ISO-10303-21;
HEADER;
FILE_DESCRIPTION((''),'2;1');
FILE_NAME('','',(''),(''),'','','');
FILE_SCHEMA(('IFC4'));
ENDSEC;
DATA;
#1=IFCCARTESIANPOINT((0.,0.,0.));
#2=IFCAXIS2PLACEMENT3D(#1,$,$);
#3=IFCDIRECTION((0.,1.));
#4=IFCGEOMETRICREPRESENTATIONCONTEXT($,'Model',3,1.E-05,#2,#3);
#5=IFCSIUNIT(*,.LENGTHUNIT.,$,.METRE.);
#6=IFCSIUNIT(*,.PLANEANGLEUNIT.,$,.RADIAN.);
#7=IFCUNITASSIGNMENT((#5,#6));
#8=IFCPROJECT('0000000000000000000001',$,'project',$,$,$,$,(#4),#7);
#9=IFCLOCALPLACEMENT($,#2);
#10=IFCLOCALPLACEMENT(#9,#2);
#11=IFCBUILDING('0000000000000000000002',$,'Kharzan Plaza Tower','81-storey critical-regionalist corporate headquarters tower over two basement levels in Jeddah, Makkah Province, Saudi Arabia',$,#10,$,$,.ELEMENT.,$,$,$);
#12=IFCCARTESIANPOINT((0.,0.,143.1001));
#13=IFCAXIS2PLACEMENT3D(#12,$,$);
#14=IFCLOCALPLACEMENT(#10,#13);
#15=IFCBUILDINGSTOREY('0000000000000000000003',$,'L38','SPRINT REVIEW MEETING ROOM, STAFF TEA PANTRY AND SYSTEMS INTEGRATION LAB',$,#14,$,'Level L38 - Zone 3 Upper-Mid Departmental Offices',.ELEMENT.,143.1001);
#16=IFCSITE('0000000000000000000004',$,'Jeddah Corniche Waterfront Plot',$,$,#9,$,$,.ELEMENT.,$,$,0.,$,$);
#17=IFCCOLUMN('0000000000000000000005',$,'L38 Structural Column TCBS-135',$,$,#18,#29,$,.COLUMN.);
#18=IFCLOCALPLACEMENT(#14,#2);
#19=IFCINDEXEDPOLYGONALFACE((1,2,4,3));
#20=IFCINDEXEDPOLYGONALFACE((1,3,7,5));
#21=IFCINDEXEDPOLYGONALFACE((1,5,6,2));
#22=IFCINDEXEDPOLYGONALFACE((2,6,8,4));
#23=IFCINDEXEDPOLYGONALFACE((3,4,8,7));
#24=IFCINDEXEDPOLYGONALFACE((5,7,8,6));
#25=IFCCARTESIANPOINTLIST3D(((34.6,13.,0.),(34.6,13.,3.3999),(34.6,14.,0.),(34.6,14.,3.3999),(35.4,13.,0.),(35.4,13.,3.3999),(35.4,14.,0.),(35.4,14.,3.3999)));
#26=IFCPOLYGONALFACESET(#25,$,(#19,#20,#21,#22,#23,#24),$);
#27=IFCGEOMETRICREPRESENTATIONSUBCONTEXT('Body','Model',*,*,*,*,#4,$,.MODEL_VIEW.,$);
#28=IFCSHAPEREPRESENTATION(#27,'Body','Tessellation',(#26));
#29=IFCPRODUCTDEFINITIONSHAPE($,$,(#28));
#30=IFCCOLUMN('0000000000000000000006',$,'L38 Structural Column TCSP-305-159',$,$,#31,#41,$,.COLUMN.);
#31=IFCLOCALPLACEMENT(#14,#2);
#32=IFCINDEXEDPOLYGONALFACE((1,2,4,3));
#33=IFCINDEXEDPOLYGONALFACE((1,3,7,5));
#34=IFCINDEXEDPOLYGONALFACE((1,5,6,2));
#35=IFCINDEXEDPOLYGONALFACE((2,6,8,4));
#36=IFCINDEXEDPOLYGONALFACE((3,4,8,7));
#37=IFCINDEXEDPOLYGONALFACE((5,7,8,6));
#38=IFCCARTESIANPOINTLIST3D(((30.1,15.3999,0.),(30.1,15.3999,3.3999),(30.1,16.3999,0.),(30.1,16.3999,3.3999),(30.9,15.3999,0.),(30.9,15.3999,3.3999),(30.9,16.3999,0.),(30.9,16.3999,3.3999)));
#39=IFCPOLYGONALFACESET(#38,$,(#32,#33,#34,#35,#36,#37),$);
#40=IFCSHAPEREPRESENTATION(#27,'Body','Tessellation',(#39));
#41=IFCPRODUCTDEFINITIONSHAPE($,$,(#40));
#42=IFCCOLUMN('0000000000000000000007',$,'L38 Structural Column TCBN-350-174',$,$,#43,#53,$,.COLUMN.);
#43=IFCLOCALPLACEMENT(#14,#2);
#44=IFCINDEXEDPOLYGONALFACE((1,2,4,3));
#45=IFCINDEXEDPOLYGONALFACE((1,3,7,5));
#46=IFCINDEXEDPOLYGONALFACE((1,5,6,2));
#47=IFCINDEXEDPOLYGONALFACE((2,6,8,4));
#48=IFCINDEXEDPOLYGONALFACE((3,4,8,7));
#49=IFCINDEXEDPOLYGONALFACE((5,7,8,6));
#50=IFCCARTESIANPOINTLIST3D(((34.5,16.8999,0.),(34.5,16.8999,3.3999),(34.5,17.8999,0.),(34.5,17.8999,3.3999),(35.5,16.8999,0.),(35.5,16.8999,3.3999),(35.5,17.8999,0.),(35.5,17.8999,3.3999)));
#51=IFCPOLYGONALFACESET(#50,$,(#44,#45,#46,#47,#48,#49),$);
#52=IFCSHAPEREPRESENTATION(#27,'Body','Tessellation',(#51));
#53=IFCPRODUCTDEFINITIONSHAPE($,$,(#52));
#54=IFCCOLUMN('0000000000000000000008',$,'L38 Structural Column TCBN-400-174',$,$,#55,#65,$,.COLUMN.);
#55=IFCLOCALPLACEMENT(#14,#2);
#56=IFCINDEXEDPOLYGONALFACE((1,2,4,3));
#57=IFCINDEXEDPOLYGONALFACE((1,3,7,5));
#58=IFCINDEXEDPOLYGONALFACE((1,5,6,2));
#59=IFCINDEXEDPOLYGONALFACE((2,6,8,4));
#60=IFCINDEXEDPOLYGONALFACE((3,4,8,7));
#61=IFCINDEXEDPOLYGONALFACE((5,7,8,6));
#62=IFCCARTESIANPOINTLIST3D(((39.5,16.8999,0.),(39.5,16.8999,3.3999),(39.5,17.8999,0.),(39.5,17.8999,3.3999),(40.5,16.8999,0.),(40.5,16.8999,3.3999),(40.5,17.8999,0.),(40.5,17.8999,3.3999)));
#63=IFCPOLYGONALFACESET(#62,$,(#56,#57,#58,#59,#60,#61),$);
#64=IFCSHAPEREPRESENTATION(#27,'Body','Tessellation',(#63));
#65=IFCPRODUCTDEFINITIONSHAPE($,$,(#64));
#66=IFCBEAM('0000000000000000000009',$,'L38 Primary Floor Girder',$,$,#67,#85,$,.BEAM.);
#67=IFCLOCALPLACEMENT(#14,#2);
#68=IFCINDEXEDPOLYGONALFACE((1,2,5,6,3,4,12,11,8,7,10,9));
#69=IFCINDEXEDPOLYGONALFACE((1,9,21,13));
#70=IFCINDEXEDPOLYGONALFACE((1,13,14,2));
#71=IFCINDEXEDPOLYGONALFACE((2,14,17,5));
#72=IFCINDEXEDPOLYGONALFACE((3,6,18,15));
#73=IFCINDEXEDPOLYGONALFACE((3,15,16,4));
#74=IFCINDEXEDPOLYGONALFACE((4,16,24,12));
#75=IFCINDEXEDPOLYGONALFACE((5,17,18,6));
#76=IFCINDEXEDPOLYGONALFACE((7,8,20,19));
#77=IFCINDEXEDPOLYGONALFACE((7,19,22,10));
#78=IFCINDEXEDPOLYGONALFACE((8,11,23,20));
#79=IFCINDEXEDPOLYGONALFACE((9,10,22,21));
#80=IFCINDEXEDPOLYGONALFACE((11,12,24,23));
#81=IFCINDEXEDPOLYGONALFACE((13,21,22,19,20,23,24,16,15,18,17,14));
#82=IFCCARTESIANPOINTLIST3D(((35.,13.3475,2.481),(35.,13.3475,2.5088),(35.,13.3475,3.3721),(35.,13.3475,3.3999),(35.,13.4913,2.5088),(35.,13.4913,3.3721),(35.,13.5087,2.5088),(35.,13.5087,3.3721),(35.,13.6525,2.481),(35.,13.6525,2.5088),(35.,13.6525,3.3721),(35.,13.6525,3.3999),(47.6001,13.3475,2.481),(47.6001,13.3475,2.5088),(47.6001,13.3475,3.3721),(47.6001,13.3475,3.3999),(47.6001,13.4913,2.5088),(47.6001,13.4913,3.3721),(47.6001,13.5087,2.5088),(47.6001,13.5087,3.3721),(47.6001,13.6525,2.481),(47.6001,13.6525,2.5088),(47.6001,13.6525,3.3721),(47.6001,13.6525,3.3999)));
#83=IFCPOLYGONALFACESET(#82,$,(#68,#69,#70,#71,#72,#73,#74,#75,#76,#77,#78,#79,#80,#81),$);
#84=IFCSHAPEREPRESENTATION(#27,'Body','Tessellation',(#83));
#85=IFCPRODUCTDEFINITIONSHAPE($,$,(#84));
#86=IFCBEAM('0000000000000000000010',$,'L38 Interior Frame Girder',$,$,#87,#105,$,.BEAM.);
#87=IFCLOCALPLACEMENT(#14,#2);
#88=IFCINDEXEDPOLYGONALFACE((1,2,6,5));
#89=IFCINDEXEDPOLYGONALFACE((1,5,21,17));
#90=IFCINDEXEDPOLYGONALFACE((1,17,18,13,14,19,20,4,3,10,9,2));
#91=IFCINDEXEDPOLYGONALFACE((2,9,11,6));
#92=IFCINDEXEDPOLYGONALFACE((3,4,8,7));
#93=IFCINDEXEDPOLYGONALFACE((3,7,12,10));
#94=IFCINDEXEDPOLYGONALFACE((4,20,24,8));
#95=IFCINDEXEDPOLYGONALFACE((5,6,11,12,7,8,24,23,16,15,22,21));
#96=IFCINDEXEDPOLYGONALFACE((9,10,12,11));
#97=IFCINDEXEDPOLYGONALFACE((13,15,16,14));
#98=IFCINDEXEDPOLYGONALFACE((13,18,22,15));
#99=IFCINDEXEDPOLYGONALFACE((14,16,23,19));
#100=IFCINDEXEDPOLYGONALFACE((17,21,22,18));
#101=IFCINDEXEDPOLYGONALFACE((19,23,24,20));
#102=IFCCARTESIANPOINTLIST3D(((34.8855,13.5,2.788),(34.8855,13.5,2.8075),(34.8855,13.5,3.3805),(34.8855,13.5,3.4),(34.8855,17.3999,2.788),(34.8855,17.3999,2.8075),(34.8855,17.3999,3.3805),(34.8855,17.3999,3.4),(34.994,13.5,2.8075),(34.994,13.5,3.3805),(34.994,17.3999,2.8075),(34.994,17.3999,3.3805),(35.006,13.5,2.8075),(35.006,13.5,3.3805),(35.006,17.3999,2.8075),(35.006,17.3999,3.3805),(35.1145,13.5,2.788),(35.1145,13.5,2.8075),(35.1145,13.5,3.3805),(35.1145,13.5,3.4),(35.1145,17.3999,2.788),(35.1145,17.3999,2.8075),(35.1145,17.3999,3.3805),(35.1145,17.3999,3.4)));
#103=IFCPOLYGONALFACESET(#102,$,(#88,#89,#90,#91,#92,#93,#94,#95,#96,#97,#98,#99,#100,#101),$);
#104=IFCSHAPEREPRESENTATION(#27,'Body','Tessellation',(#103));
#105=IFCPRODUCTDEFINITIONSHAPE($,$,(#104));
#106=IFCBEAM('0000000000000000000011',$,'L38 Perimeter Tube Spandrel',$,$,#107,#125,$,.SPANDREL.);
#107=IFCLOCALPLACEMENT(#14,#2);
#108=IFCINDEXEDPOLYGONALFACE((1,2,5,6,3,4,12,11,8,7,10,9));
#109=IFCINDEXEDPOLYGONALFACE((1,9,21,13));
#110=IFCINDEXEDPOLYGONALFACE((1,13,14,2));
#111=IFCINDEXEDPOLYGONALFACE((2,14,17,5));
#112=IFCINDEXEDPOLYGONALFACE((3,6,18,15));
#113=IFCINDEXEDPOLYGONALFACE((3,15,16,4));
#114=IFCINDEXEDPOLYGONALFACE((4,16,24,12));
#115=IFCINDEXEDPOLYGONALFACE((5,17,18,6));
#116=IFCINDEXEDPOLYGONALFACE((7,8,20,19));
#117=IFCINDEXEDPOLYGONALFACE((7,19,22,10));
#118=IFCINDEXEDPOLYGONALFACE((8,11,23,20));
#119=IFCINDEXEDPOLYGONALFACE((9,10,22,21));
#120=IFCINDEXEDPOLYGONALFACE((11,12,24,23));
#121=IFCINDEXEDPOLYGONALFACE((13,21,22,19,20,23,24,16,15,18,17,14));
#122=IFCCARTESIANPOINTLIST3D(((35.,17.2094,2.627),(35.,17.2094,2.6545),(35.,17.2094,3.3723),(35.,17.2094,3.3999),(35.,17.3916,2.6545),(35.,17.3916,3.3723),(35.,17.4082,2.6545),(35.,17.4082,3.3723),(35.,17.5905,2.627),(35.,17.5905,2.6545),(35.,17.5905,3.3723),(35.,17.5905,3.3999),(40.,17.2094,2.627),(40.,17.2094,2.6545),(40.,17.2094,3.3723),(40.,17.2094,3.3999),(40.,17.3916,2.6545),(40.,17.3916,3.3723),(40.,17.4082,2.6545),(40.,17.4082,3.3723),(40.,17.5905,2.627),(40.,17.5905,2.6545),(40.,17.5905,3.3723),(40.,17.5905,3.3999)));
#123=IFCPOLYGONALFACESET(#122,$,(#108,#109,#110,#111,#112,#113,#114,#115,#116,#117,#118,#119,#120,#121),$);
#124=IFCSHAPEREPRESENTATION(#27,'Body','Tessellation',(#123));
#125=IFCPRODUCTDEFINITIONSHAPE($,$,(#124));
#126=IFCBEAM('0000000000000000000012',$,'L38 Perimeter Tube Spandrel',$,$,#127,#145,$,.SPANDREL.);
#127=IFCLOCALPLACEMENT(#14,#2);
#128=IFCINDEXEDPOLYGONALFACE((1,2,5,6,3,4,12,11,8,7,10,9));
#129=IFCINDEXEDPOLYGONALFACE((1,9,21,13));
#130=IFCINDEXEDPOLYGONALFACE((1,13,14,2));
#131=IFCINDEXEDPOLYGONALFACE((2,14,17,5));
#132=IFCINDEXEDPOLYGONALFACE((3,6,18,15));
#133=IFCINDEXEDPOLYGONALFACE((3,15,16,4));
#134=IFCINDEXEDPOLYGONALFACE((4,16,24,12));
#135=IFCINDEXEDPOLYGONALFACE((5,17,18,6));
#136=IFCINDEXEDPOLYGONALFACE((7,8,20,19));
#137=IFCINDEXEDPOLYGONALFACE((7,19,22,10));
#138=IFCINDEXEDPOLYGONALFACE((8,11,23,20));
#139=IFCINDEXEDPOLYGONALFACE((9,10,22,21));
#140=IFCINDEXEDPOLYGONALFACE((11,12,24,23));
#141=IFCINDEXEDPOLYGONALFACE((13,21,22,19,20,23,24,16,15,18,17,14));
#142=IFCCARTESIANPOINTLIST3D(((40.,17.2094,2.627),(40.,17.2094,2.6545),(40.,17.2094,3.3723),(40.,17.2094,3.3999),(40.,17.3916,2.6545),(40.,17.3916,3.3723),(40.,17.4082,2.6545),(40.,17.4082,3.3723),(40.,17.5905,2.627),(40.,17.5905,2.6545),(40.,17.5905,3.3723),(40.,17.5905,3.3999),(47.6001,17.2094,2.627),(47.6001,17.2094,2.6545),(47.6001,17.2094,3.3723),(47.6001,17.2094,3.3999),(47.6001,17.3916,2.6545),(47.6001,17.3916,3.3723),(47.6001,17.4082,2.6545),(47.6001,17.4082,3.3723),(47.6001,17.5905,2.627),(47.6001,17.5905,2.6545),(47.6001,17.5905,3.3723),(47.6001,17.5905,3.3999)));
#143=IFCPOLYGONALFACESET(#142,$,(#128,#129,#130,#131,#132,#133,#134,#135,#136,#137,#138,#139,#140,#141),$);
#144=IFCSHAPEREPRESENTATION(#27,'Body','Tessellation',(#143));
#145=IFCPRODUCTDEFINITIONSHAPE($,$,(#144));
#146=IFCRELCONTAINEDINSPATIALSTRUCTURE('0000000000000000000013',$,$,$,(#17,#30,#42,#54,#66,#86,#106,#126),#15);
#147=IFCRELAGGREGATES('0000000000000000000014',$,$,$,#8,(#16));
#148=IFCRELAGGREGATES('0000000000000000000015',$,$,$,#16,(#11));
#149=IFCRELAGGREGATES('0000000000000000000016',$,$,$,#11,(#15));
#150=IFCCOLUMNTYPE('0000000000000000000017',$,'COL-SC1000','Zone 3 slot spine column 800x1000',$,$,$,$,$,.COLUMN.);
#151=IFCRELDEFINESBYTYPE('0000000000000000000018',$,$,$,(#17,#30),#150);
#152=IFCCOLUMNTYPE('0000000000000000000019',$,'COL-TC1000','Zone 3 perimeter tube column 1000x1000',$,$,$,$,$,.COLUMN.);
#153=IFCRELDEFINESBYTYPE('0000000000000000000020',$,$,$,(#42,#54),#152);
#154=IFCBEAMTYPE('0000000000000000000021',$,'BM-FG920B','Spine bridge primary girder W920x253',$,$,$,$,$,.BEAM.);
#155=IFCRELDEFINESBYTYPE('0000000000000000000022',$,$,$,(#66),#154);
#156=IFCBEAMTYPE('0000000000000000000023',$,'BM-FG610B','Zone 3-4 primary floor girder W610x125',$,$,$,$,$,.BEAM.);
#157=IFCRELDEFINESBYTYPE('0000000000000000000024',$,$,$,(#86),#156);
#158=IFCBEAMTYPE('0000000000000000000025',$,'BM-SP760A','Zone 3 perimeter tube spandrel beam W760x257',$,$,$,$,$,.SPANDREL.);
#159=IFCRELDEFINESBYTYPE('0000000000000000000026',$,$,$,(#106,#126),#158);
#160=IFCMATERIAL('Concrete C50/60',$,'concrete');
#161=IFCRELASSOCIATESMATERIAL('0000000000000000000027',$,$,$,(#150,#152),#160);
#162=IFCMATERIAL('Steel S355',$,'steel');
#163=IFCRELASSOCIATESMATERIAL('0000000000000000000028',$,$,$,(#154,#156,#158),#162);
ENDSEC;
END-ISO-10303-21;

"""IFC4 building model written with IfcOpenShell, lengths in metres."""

from ifc_helpers import new_model, si_unit, direction, frame, origin, origin_2d, place, context, subcontext, project, spatial, rectangle, i_section, extrude, source, transform, mapped, material, material_profile, profile_set, type_object, element, save


model = new_model("IFC4")

# Units and contexts
model_context = context("Model", 3, precision=1e-05, world=origin(), true_north=direction((0.0, 1.0)))
body_context = subcontext(model_context, "Body", "Model", "MODEL_VIEW")
ifc_project = project(units=[si_unit("LENGTHUNIT", "METRE"), si_unit("PLANEANGLEUNIT", "RADIAN")], contexts=[model_context])

# Site, building, storey
site_placement = place(None, origin())
site = spatial("IfcSite", under=ifc_project, at=site_placement, Name="Jeddah Corniche Waterfront Plot", CompositionType="ELEMENT", RefElevation=0.0)
building_placement = place(site_placement, origin())
building = spatial("IfcBuilding", under=site, at=building_placement, Name="Kharzan Plaza Tower", Description="81-storey critical-regionalist corporate headquarters tower over two basement levels in Jeddah, Makkah Province, Saudi Arabia", CompositionType="ELEMENT")
storey_placement = place(building_placement, frame((0.0, 0.0, 143.1001)))
storey = spatial("IfcBuildingStorey", under=building, at=storey_placement, Name="L38", Description="SPRINT REVIEW MEETING ROOM, STAFF TEA PANTRY AND SYSTEMS INTEGRATION LAB", LongName="Level L38 - Zone 3 Upper-Mid Departmental Offices", CompositionType="ELEMENT", Elevation=143.1001)

# Columns
ifc_material_1 = material(Name="Concrete C50/60", Category="concrete")
ifc_material_profile_1 = material_profile(ifc_material_1, rectangle(XDim=0.8, YDim=1.0, at=origin_2d()), Name="RC-SC1000x800")
ifc_profile_set_1 = profile_set([ifc_material_profile_1], Name="Concrete C50/60")
column_type_1 = type_object("IfcColumnType", Name="COL-SC1000", Description="Zone 3 slot spine column 800x1000", PredefinedType="COLUMN", material=ifc_profile_set_1)
shared_shape_1 = source(origin(), body_context, "Body", "SweptSolid", [
    extrude(rectangle(XDim=0.8, YDim=1.0, at=origin_2d()), origin(), (0.0, 0.0, 1.0), 3.3999),
])
for number, where, z_axis, x_axis, name in (
    (1, (35.0, 13.5, 0.0), (0.0, 0.0, 1.0), (1.0, 0.0, 0.0), "L38 Structural Column TCBS-135"),
    (2, (30.5, 15.8999, 0.0), (0.0, 0.0, 1.0), (1.0, 0.0, 0.0), "L38 Structural Column TCSP-305-159"),
):
    element("IfcColumn", number, at=place(storey_placement, frame(where, z_axis=z_axis, x_axis=x_axis)), inside=storey, type_object=column_type_1, Name=name, PredefinedType="COLUMN", context=body_context, shape_type="MappedRepresentation", body=[
        mapped(shared_shape_1, transform((0.0, 0.0, 0.0), x_axis=(1.0, 0.0, 0.0), y_axis=(0.0, 1.0, 0.0), z_axis=(0.0, 0.0, 1.0))),
    ])
ifc_material_profile_2 = material_profile(ifc_material_1, rectangle(XDim=1.0, YDim=1.0, at=origin_2d()), Name="RC-TC1000x1000")
ifc_profile_set_2 = profile_set([ifc_material_profile_2], Name="Concrete C50/60")
column_type_2 = type_object("IfcColumnType", Name="COL-TC1000", Description="Zone 3 perimeter tube column 1000x1000", PredefinedType="COLUMN", material=ifc_profile_set_2)
shared_shape_2 = source(origin(), body_context, "Body", "SweptSolid", [
    extrude(rectangle(XDim=1.0, YDim=1.0, at=origin_2d()), origin(), (0.0, 0.0, 1.0), 3.3999),
])
for number, where, z_axis, x_axis, name in (
    (3, (35.0, 17.3999, 0.0), (0.0, 0.0, 1.0), (1.0, 0.0, 0.0), "L38 Structural Column TCBN-350-174"),
    (4, (40.0, 17.3999, 0.0), (0.0, 0.0, 1.0), (1.0, 0.0, 0.0), "L38 Structural Column TCBN-400-174"),
):
    element("IfcColumn", number, at=place(storey_placement, frame(where, z_axis=z_axis, x_axis=x_axis)), inside=storey, type_object=column_type_2, Name=name, PredefinedType="COLUMN", context=body_context, shape_type="MappedRepresentation", body=[
        mapped(shared_shape_2, transform((0.0, 0.0, 0.0), x_axis=(1.0, 0.0, 0.0), y_axis=(0.0, 1.0, 0.0), z_axis=(0.0, 0.0, 1.0))),
    ])

# Beams
ifc_material_2 = material(Name="Steel S355", Category="steel")
ifc_material_profile_3 = material_profile(ifc_material_2, i_section(OverallWidth=0.3049, OverallDepth=0.9189, WebThickness=0.0173, FlangeThickness=0.0278, at=origin_2d()), Name="W920x253")
ifc_profile_set_3 = profile_set([ifc_material_profile_3], Name="Steel S355")
beam_type_1 = type_object("IfcBeamType", Name="BM-FG920B", Description="Spine bridge primary girder W920x253", PredefinedType="BEAM", material=ifc_profile_set_3)
shared_shape_3 = source(origin(), body_context, "Body", "SweptSolid", [
    extrude(i_section(OverallWidth=0.3049, OverallDepth=0.9189, WebThickness=0.0173, FlangeThickness=0.0278, at=origin_2d()), origin(), (0.0, 0.0, 1.0), 12.6001),
])
beam_1_placement = place(storey_placement, frame((35.0, 13.5, 2.9404), z_axis=(1.0, 0.0, 0.0), x_axis=(0.0, 1.0, 0.0)))
element("IfcBeam", 5, at=beam_1_placement, inside=storey, type_object=beam_type_1, Name="L38 Primary Floor Girder", PredefinedType="BEAM", context=body_context, shape_type="MappedRepresentation", body=[
    mapped(shared_shape_3, transform((0.0, 0.0, 0.0), x_axis=(1.0, 0.0, 0.0), y_axis=(0.0, 1.0, 0.0), z_axis=(0.0, 0.0, 1.0))),
])
ifc_material_profile_4 = material_profile(ifc_material_2, i_section(OverallWidth=0.229, OverallDepth=0.6121, WebThickness=0.012, FlangeThickness=0.0195, at=origin_2d()), Name="W610x125")
ifc_profile_set_4 = profile_set([ifc_material_profile_4], Name="Steel S355")
beam_type_2 = type_object("IfcBeamType", Name="BM-FG610B", Description="Zone 3-4 primary floor girder W610x125", PredefinedType="BEAM", material=ifc_profile_set_4)
shared_shape_4 = source(origin(), body_context, "Body", "SweptSolid", [
    extrude(i_section(OverallWidth=0.229, OverallDepth=0.6121, WebThickness=0.012, FlangeThickness=0.0195, at=origin_2d()), origin(), (0.0, 0.0, 1.0), 3.8999),
])
beam_2_placement = place(storey_placement, frame((35.0, 13.5, 3.094), z_axis=(0.0, 1.0, 0.0), x_axis=(-1.0, 0.0, 0.0)))
element("IfcBeam", 6, at=beam_2_placement, inside=storey, type_object=beam_type_2, Name="L38 Interior Frame Girder", PredefinedType="BEAM", context=body_context, shape_type="MappedRepresentation", body=[
    mapped(shared_shape_4, transform((0.0, 0.0, 0.0), x_axis=(1.0, 0.0, 0.0), y_axis=(0.0, 1.0, 0.0), z_axis=(0.0, 0.0, 1.0))),
])
ifc_material_profile_5 = material_profile(ifc_material_2, i_section(OverallWidth=0.3811, OverallDepth=0.7729, WebThickness=0.0166, FlangeThickness=0.0276, at=origin_2d()), Name="W760x257")
ifc_profile_set_5 = profile_set([ifc_material_profile_5], Name="Steel S355")
beam_type_3 = type_object("IfcBeamType", Name="BM-SP760A", Description="Zone 3 perimeter tube spandrel beam W760x257", PredefinedType="SPANDREL", material=ifc_profile_set_5)
shared_shape_5 = source(origin(), body_context, "Body", "SweptSolid", [
    extrude(i_section(OverallWidth=0.3811, OverallDepth=0.7729, WebThickness=0.0166, FlangeThickness=0.0276, at=origin_2d()), origin(), (0.0, 0.0, 1.0), 5.0),
])
beam_3_placement = place(storey_placement, frame((35.0, 17.3999, 3.0134), z_axis=(1.0, 0.0, 0.0), x_axis=(0.0, 1.0, 0.0)))
element("IfcBeam", 7, at=beam_3_placement, inside=storey, type_object=beam_type_3, Name="L38 Perimeter Tube Spandrel", PredefinedType="SPANDREL", context=body_context, shape_type="MappedRepresentation", body=[
    mapped(shared_shape_5, transform((0.0, 0.0, 0.0), x_axis=(1.0, 0.0, 0.0), y_axis=(0.0, 1.0, 0.0), z_axis=(0.0, 0.0, 1.0))),
])
shared_shape_6 = source(origin(), body_context, "Body", "SweptSolid", [
    extrude(i_section(OverallWidth=0.3811, OverallDepth=0.7729, WebThickness=0.0166, FlangeThickness=0.0276, at=origin_2d()), origin(), (0.0, 0.0, 1.0), 7.6001),
])
beam_4_placement = place(storey_placement, frame((40.0, 17.3999, 3.0134), z_axis=(1.0, 0.0, 0.0), x_axis=(0.0, 1.0, 0.0)))
element("IfcBeam", 8, at=beam_4_placement, inside=storey, type_object=beam_type_3, Name="L38 Perimeter Tube Spandrel", PredefinedType="SPANDREL", context=body_context, shape_type="MappedRepresentation", body=[
    mapped(shared_shape_6, transform((0.0, 0.0, 0.0), x_axis=(1.0, 0.0, 0.0), y_axis=(0.0, 1.0, 0.0), z_axis=(0.0, 0.0, 1.0))),
])

save(model, "model.ifc")
